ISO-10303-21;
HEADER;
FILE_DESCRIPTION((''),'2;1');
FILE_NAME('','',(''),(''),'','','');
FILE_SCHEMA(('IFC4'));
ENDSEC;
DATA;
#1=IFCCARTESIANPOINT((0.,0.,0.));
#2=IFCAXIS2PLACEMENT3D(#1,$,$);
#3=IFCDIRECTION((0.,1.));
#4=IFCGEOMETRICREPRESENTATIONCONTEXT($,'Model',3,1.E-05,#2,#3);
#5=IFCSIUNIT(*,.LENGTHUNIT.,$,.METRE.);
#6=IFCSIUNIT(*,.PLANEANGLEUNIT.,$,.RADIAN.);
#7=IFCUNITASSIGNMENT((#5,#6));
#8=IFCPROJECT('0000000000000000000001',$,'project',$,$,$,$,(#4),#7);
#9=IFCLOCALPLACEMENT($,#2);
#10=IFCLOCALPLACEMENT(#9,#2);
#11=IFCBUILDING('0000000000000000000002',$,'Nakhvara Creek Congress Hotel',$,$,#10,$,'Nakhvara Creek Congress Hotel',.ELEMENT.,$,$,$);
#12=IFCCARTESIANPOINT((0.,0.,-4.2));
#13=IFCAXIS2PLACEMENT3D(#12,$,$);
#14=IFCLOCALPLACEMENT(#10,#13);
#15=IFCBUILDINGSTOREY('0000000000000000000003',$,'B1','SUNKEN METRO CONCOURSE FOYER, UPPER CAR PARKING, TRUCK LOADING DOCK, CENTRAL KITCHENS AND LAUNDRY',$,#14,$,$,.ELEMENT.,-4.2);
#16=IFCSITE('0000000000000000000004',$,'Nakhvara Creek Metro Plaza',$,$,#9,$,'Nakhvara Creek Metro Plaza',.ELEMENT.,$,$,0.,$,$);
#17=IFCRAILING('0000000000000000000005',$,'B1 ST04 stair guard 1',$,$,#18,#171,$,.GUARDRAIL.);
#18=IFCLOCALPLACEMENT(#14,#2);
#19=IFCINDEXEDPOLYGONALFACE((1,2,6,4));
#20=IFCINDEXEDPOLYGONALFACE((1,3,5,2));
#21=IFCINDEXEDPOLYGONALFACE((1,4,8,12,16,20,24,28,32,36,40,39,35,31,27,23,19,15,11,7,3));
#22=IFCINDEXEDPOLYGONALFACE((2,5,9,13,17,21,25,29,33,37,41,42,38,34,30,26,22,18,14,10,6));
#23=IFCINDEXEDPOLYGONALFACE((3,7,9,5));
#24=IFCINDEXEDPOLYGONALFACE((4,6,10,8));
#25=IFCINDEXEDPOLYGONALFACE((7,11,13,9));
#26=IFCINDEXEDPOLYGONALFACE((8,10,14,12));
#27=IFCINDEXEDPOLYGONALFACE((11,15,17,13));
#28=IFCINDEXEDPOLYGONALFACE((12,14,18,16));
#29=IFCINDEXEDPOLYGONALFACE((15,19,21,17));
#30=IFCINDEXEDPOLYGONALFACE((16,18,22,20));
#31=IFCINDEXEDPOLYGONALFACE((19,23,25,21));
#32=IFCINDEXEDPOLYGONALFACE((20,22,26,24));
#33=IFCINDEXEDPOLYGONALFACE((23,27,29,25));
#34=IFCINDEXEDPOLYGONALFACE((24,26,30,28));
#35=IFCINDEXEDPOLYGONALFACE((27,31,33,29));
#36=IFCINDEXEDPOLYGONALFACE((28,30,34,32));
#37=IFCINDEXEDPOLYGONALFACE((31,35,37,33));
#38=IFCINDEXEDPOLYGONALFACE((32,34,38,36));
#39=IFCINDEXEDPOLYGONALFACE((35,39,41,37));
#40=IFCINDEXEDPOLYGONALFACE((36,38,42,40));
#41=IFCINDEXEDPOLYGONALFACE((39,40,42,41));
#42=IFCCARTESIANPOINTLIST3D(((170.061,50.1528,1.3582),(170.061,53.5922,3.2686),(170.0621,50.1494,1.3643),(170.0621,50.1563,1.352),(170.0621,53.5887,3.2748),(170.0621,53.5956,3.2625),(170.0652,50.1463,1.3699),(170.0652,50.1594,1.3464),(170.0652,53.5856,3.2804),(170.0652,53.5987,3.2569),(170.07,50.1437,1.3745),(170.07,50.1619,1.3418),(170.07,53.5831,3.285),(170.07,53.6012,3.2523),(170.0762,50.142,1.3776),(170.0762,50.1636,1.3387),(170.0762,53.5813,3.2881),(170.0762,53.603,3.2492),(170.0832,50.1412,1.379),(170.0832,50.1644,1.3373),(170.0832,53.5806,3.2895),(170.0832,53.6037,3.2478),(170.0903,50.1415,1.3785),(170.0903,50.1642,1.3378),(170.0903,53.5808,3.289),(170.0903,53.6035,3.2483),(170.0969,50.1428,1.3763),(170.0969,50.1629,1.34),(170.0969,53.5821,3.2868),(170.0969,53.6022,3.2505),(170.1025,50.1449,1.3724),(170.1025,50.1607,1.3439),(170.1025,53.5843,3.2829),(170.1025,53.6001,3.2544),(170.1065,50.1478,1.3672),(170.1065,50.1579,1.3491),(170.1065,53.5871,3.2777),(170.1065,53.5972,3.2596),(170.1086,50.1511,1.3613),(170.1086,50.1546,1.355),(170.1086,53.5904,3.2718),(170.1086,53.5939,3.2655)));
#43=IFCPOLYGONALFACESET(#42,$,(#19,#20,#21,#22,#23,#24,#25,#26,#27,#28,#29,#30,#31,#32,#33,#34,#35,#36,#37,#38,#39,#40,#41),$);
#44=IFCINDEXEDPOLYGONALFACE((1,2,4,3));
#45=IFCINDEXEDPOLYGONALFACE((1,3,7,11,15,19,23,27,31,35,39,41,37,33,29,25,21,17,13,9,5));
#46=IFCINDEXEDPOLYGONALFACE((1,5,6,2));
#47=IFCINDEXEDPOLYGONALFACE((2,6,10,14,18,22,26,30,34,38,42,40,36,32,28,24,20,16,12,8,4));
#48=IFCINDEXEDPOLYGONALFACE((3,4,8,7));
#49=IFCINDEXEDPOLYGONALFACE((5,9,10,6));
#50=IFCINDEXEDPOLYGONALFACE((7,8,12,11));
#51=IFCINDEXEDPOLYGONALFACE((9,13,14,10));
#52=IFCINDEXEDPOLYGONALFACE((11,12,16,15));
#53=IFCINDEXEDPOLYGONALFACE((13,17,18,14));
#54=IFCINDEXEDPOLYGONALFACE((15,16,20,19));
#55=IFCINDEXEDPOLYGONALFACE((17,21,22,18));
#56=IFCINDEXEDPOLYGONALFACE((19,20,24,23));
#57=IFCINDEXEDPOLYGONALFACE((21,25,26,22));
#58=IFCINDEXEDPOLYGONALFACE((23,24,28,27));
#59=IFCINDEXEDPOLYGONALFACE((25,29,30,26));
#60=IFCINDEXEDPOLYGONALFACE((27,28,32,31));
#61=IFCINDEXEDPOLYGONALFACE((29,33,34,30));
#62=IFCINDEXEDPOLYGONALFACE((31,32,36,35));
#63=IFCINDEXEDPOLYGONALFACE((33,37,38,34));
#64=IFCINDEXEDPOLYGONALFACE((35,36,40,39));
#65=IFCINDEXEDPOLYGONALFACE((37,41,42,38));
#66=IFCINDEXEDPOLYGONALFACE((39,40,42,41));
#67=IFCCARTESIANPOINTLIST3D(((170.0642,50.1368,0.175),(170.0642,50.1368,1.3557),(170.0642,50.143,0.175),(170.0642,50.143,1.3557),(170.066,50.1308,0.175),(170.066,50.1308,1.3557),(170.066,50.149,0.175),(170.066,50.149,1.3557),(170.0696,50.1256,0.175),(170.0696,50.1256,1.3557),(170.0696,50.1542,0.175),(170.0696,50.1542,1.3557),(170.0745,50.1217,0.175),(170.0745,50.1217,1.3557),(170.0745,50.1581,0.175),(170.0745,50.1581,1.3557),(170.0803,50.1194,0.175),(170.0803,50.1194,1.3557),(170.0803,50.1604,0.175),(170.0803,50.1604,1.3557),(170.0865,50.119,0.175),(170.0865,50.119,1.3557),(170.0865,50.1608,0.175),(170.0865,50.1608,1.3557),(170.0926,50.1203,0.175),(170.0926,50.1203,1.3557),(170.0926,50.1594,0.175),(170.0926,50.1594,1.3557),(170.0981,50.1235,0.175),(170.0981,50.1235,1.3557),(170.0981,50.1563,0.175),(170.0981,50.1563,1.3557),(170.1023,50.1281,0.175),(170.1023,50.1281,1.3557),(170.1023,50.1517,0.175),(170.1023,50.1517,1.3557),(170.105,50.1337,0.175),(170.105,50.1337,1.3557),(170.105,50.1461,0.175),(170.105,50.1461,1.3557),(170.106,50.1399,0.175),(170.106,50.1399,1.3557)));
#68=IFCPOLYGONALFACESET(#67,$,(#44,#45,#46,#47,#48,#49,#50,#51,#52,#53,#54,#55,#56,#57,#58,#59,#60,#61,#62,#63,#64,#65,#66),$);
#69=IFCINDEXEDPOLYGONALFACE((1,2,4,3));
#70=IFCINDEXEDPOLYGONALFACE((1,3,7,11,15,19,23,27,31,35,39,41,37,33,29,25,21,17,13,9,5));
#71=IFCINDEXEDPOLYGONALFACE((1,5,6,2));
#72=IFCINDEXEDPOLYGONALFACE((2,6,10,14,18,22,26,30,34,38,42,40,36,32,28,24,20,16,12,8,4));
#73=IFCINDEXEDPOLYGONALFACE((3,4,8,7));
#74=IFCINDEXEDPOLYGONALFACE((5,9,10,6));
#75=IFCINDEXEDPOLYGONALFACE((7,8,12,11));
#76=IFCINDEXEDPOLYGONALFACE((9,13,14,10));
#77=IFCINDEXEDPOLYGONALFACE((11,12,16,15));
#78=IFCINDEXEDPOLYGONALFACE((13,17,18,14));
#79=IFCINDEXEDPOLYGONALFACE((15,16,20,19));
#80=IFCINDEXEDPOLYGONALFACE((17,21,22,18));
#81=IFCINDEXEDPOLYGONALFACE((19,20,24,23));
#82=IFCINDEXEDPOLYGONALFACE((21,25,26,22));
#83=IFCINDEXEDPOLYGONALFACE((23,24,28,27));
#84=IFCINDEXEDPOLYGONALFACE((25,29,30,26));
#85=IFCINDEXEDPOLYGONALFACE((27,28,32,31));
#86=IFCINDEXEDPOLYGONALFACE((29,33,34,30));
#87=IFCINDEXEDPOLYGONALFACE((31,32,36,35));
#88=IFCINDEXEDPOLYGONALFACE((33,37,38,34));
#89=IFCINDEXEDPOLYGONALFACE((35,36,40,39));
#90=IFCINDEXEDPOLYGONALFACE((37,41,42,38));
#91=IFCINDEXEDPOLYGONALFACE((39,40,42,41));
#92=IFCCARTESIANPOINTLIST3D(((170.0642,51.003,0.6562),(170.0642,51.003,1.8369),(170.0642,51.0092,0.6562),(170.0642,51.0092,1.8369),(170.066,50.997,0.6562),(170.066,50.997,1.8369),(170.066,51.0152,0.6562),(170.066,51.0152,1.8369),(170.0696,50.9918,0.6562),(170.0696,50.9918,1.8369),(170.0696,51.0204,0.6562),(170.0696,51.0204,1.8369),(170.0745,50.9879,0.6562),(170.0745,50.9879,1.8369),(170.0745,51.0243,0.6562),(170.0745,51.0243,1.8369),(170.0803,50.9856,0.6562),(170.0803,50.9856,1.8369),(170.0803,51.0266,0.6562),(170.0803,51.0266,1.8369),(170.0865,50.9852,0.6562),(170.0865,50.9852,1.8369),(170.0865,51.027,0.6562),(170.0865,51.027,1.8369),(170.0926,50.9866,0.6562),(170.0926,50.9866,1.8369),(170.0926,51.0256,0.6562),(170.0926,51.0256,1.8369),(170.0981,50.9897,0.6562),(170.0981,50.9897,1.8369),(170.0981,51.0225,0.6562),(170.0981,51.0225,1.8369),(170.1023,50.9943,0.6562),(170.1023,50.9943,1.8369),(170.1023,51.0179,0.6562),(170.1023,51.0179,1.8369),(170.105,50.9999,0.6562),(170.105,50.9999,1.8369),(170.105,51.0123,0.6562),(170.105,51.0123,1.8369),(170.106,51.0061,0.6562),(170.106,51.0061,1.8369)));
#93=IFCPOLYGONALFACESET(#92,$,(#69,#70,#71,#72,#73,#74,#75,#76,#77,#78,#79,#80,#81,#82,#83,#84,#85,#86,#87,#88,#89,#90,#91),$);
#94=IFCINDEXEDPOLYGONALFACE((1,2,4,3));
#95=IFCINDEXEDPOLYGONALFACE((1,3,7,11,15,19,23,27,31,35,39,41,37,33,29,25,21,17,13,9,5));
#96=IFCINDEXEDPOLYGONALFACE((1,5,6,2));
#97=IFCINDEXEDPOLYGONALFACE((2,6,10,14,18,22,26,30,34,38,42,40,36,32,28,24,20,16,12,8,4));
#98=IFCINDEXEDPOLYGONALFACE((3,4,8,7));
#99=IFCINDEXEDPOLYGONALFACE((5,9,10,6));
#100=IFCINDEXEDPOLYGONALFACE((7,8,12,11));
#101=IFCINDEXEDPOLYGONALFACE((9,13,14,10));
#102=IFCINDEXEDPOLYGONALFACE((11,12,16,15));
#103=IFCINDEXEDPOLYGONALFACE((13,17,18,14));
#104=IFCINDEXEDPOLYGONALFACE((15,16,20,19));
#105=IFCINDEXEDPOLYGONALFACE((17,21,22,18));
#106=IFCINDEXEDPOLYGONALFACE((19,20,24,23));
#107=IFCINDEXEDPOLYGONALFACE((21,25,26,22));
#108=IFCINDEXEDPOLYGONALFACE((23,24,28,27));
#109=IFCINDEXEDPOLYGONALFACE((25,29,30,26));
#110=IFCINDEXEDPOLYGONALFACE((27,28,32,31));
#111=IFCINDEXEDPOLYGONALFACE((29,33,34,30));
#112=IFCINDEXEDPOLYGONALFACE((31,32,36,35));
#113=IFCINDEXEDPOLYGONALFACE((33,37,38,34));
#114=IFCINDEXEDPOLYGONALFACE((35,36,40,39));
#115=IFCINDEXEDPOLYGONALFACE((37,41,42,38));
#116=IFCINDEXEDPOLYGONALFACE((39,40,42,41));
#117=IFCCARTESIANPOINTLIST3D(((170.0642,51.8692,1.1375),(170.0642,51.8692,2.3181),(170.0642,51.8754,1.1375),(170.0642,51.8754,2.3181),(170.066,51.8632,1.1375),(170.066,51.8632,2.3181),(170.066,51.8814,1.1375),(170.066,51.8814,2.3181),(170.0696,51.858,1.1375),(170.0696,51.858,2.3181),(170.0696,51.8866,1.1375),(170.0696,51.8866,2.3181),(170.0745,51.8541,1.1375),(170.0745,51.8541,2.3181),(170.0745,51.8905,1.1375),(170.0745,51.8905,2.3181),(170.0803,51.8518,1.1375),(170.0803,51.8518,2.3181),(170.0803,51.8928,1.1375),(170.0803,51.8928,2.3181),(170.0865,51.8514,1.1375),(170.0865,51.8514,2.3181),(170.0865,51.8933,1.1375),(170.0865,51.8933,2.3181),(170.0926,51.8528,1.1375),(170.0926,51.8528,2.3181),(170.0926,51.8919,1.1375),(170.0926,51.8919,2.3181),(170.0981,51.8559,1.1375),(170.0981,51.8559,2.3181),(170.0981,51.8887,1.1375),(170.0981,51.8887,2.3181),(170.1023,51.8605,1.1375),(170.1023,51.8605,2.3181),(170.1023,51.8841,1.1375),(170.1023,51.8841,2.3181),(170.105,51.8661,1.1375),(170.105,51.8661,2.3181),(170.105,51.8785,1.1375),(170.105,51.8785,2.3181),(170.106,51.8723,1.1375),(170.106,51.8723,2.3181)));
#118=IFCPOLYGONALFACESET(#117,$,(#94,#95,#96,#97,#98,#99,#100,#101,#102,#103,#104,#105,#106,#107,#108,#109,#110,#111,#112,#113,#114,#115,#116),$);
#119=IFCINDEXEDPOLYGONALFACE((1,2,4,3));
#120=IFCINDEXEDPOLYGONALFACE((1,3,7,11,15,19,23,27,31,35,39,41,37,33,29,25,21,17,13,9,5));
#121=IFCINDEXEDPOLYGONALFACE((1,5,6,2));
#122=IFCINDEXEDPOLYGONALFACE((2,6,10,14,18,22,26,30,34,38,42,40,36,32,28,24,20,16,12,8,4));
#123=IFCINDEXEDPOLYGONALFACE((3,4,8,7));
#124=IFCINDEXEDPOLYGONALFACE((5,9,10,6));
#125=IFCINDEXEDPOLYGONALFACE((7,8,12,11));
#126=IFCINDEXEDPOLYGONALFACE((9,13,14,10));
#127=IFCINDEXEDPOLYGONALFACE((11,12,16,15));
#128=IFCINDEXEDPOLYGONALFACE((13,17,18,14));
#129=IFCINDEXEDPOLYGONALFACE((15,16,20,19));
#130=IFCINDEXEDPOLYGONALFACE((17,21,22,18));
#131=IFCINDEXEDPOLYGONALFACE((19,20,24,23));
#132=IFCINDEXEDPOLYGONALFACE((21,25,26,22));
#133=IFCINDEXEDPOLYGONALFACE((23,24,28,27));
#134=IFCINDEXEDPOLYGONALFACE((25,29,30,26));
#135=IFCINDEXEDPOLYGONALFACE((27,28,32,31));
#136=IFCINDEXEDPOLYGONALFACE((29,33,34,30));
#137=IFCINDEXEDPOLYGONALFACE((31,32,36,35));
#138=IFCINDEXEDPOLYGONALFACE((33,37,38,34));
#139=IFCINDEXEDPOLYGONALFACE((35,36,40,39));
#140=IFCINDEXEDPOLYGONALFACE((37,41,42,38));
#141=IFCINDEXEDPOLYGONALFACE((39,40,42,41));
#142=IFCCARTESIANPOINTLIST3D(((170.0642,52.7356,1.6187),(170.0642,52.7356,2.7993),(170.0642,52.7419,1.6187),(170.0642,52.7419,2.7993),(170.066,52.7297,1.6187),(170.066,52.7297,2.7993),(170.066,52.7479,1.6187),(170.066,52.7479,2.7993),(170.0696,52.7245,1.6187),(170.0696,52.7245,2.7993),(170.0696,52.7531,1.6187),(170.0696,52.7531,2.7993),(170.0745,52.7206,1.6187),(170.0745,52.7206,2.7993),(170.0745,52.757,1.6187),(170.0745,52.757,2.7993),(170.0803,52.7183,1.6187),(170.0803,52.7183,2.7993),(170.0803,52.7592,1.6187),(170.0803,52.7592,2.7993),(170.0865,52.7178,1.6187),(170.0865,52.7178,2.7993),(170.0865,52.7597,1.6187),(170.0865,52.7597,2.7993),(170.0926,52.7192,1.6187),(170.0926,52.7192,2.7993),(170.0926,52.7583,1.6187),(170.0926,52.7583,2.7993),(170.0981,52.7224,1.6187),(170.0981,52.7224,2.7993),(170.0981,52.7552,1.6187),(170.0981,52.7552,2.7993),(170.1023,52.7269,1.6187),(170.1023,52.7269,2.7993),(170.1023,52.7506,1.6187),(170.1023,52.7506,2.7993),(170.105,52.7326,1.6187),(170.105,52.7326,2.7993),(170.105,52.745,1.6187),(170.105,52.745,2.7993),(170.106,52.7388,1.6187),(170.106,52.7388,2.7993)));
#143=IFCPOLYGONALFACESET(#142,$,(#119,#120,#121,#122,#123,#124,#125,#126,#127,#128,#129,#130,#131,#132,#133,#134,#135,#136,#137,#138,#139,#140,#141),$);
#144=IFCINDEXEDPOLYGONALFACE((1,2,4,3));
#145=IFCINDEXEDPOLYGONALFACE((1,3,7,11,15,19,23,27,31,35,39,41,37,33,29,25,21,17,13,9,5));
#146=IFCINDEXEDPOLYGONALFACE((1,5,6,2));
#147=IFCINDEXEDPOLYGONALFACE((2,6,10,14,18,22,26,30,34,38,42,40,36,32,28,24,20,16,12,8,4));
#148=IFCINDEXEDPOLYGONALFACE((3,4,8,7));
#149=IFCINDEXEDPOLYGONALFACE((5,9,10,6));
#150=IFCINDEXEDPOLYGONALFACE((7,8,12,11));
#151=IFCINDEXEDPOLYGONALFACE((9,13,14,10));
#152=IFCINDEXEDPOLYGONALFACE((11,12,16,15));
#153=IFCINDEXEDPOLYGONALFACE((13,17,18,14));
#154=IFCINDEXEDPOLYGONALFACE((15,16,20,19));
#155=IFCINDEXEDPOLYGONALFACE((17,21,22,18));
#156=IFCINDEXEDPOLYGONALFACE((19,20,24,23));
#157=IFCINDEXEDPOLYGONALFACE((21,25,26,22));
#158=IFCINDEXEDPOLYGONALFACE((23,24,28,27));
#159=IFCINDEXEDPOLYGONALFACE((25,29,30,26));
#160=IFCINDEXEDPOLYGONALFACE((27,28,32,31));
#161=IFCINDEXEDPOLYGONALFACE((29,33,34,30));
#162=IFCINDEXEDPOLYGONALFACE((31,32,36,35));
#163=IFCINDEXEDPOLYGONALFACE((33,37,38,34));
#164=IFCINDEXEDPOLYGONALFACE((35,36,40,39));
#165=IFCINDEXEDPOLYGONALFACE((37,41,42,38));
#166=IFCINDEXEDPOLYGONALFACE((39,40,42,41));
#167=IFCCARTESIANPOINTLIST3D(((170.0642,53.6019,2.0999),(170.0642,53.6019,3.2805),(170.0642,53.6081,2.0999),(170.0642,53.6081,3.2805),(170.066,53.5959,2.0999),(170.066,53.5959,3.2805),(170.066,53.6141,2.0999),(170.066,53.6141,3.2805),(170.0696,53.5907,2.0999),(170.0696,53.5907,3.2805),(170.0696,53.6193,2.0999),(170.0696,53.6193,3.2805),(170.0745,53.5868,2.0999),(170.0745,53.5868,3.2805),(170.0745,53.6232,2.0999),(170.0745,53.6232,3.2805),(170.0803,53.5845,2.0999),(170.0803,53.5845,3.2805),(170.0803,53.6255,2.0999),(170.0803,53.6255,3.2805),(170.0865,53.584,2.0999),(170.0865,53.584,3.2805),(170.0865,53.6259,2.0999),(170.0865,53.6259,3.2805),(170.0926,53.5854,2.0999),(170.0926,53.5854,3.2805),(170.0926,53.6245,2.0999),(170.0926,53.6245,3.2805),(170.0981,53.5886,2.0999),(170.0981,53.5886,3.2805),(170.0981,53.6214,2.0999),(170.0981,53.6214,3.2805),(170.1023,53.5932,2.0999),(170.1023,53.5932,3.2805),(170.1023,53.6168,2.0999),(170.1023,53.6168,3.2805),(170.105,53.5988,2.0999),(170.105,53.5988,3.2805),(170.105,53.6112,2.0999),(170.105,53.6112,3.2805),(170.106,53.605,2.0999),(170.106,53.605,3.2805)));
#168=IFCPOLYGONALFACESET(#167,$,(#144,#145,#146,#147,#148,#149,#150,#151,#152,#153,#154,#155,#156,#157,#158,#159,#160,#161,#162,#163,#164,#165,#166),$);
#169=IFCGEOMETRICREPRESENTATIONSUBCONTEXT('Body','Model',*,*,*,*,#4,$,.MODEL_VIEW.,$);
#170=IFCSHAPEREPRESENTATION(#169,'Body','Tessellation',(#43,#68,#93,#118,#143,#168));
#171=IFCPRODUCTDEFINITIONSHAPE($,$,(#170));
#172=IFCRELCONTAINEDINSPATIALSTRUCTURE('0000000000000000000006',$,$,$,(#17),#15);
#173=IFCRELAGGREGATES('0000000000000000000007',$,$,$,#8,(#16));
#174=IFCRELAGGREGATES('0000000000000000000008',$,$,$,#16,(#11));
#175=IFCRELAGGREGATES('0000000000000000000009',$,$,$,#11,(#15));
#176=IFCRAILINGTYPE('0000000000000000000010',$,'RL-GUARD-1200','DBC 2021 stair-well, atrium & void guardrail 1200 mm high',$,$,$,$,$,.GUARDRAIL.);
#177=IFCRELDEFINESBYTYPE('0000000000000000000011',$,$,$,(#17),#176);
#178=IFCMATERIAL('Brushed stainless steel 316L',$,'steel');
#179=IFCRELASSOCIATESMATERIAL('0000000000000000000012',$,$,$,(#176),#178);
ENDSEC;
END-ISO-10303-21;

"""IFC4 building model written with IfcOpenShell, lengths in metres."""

from ifc_helpers import new_model, si_unit, direction, frame, origin, origin_2d, place, context, subcontext, project, spatial, circle, extrude, material, type_object, element, save


model = new_model("IFC4")

# Units and contexts
model_context = context("Model", 3, precision=1e-05, world=origin(), true_north=direction((0.0, 1.0)))
body_context = subcontext(model_context, "Body", "Model", "MODEL_VIEW")
ifc_project = project(units=[si_unit("LENGTHUNIT", "METRE"), si_unit("PLANEANGLEUNIT", "RADIAN")], contexts=[model_context])

# Site, building, storey
site_placement = place(None, origin())
site = spatial("IfcSite", under=ifc_project, at=site_placement, Name="Nakhvara Creek Metro Plaza", LongName="Nakhvara Creek Metro Plaza", CompositionType="ELEMENT", RefElevation=0.0)
building_placement = place(site_placement, origin())
building = spatial("IfcBuilding", under=site, at=building_placement, Name="Nakhvara Creek Congress Hotel", LongName="Nakhvara Creek Congress Hotel", CompositionType="ELEMENT")
storey_placement = place(building_placement, frame((0.0, 0.0, -4.2)))
storey = spatial("IfcBuildingStorey", under=building, at=storey_placement, Name="B1", Description="SUNKEN METRO CONCOURSE FOYER, UPPER CAR PARKING, TRUCK LOADING DOCK, CENTRAL KITCHENS AND LAUNDRY", CompositionType="ELEMENT", Elevation=-4.2)

# Railing
ifc_material_1 = material(Name="Brushed stainless steel 316L", Category="steel")
railing_type_1 = type_object("IfcRailingType", Name="RL-GUARD-1200", Description="DBC 2021 stair-well, atrium & void guardrail 1200 mm high", PredefinedType="GUARDRAIL", material=ifc_material_1)
railing_1_placement = place(storey_placement, frame((170.085, 50.1399, 0.175)))
element("IfcRailing", 1, at=railing_1_placement, inside=storey, type_object=railing_type_1, Name="B1 ST04 stair guard 1", PredefinedType="GUARDRAIL", context=body_context, shape_type="SweptSolid", body=[
    extrude(circle(Radius=0.0239, at=origin_2d()), frame((0.0, 0.0129, 1.1831), z_axis=(0.0, 0.874183, 0.485596), x_axis=(-1.0, 0.0, 0.0)), (0.0, 0.0, 1.0), 3.9343),
    extrude(circle(Radius=0.021, at=origin_2d()), origin(), (0.0, 0.0, 1.0), 1.1807),
    extrude(circle(Radius=0.021, at=origin_2d()), frame((0.0, 0.8662, 0.4812)), (0.0, 0.0, 1.0), 1.1807),
    extrude(circle(Radius=0.021, at=origin_2d()), frame((0.0, 1.7324, 0.9624)), (0.0, 0.0, 1.0), 1.1807),
    extrude(circle(Radius=0.021, at=origin_2d()), frame((0.0, 2.5989, 1.4436)), (0.0, 0.0, 1.0), 1.1807),
    extrude(circle(Radius=0.021, at=origin_2d()), frame((0.0, 3.4651, 1.9248)), (0.0, 0.0, 1.0), 1.1807),
])

save(model, "model.ifc")
